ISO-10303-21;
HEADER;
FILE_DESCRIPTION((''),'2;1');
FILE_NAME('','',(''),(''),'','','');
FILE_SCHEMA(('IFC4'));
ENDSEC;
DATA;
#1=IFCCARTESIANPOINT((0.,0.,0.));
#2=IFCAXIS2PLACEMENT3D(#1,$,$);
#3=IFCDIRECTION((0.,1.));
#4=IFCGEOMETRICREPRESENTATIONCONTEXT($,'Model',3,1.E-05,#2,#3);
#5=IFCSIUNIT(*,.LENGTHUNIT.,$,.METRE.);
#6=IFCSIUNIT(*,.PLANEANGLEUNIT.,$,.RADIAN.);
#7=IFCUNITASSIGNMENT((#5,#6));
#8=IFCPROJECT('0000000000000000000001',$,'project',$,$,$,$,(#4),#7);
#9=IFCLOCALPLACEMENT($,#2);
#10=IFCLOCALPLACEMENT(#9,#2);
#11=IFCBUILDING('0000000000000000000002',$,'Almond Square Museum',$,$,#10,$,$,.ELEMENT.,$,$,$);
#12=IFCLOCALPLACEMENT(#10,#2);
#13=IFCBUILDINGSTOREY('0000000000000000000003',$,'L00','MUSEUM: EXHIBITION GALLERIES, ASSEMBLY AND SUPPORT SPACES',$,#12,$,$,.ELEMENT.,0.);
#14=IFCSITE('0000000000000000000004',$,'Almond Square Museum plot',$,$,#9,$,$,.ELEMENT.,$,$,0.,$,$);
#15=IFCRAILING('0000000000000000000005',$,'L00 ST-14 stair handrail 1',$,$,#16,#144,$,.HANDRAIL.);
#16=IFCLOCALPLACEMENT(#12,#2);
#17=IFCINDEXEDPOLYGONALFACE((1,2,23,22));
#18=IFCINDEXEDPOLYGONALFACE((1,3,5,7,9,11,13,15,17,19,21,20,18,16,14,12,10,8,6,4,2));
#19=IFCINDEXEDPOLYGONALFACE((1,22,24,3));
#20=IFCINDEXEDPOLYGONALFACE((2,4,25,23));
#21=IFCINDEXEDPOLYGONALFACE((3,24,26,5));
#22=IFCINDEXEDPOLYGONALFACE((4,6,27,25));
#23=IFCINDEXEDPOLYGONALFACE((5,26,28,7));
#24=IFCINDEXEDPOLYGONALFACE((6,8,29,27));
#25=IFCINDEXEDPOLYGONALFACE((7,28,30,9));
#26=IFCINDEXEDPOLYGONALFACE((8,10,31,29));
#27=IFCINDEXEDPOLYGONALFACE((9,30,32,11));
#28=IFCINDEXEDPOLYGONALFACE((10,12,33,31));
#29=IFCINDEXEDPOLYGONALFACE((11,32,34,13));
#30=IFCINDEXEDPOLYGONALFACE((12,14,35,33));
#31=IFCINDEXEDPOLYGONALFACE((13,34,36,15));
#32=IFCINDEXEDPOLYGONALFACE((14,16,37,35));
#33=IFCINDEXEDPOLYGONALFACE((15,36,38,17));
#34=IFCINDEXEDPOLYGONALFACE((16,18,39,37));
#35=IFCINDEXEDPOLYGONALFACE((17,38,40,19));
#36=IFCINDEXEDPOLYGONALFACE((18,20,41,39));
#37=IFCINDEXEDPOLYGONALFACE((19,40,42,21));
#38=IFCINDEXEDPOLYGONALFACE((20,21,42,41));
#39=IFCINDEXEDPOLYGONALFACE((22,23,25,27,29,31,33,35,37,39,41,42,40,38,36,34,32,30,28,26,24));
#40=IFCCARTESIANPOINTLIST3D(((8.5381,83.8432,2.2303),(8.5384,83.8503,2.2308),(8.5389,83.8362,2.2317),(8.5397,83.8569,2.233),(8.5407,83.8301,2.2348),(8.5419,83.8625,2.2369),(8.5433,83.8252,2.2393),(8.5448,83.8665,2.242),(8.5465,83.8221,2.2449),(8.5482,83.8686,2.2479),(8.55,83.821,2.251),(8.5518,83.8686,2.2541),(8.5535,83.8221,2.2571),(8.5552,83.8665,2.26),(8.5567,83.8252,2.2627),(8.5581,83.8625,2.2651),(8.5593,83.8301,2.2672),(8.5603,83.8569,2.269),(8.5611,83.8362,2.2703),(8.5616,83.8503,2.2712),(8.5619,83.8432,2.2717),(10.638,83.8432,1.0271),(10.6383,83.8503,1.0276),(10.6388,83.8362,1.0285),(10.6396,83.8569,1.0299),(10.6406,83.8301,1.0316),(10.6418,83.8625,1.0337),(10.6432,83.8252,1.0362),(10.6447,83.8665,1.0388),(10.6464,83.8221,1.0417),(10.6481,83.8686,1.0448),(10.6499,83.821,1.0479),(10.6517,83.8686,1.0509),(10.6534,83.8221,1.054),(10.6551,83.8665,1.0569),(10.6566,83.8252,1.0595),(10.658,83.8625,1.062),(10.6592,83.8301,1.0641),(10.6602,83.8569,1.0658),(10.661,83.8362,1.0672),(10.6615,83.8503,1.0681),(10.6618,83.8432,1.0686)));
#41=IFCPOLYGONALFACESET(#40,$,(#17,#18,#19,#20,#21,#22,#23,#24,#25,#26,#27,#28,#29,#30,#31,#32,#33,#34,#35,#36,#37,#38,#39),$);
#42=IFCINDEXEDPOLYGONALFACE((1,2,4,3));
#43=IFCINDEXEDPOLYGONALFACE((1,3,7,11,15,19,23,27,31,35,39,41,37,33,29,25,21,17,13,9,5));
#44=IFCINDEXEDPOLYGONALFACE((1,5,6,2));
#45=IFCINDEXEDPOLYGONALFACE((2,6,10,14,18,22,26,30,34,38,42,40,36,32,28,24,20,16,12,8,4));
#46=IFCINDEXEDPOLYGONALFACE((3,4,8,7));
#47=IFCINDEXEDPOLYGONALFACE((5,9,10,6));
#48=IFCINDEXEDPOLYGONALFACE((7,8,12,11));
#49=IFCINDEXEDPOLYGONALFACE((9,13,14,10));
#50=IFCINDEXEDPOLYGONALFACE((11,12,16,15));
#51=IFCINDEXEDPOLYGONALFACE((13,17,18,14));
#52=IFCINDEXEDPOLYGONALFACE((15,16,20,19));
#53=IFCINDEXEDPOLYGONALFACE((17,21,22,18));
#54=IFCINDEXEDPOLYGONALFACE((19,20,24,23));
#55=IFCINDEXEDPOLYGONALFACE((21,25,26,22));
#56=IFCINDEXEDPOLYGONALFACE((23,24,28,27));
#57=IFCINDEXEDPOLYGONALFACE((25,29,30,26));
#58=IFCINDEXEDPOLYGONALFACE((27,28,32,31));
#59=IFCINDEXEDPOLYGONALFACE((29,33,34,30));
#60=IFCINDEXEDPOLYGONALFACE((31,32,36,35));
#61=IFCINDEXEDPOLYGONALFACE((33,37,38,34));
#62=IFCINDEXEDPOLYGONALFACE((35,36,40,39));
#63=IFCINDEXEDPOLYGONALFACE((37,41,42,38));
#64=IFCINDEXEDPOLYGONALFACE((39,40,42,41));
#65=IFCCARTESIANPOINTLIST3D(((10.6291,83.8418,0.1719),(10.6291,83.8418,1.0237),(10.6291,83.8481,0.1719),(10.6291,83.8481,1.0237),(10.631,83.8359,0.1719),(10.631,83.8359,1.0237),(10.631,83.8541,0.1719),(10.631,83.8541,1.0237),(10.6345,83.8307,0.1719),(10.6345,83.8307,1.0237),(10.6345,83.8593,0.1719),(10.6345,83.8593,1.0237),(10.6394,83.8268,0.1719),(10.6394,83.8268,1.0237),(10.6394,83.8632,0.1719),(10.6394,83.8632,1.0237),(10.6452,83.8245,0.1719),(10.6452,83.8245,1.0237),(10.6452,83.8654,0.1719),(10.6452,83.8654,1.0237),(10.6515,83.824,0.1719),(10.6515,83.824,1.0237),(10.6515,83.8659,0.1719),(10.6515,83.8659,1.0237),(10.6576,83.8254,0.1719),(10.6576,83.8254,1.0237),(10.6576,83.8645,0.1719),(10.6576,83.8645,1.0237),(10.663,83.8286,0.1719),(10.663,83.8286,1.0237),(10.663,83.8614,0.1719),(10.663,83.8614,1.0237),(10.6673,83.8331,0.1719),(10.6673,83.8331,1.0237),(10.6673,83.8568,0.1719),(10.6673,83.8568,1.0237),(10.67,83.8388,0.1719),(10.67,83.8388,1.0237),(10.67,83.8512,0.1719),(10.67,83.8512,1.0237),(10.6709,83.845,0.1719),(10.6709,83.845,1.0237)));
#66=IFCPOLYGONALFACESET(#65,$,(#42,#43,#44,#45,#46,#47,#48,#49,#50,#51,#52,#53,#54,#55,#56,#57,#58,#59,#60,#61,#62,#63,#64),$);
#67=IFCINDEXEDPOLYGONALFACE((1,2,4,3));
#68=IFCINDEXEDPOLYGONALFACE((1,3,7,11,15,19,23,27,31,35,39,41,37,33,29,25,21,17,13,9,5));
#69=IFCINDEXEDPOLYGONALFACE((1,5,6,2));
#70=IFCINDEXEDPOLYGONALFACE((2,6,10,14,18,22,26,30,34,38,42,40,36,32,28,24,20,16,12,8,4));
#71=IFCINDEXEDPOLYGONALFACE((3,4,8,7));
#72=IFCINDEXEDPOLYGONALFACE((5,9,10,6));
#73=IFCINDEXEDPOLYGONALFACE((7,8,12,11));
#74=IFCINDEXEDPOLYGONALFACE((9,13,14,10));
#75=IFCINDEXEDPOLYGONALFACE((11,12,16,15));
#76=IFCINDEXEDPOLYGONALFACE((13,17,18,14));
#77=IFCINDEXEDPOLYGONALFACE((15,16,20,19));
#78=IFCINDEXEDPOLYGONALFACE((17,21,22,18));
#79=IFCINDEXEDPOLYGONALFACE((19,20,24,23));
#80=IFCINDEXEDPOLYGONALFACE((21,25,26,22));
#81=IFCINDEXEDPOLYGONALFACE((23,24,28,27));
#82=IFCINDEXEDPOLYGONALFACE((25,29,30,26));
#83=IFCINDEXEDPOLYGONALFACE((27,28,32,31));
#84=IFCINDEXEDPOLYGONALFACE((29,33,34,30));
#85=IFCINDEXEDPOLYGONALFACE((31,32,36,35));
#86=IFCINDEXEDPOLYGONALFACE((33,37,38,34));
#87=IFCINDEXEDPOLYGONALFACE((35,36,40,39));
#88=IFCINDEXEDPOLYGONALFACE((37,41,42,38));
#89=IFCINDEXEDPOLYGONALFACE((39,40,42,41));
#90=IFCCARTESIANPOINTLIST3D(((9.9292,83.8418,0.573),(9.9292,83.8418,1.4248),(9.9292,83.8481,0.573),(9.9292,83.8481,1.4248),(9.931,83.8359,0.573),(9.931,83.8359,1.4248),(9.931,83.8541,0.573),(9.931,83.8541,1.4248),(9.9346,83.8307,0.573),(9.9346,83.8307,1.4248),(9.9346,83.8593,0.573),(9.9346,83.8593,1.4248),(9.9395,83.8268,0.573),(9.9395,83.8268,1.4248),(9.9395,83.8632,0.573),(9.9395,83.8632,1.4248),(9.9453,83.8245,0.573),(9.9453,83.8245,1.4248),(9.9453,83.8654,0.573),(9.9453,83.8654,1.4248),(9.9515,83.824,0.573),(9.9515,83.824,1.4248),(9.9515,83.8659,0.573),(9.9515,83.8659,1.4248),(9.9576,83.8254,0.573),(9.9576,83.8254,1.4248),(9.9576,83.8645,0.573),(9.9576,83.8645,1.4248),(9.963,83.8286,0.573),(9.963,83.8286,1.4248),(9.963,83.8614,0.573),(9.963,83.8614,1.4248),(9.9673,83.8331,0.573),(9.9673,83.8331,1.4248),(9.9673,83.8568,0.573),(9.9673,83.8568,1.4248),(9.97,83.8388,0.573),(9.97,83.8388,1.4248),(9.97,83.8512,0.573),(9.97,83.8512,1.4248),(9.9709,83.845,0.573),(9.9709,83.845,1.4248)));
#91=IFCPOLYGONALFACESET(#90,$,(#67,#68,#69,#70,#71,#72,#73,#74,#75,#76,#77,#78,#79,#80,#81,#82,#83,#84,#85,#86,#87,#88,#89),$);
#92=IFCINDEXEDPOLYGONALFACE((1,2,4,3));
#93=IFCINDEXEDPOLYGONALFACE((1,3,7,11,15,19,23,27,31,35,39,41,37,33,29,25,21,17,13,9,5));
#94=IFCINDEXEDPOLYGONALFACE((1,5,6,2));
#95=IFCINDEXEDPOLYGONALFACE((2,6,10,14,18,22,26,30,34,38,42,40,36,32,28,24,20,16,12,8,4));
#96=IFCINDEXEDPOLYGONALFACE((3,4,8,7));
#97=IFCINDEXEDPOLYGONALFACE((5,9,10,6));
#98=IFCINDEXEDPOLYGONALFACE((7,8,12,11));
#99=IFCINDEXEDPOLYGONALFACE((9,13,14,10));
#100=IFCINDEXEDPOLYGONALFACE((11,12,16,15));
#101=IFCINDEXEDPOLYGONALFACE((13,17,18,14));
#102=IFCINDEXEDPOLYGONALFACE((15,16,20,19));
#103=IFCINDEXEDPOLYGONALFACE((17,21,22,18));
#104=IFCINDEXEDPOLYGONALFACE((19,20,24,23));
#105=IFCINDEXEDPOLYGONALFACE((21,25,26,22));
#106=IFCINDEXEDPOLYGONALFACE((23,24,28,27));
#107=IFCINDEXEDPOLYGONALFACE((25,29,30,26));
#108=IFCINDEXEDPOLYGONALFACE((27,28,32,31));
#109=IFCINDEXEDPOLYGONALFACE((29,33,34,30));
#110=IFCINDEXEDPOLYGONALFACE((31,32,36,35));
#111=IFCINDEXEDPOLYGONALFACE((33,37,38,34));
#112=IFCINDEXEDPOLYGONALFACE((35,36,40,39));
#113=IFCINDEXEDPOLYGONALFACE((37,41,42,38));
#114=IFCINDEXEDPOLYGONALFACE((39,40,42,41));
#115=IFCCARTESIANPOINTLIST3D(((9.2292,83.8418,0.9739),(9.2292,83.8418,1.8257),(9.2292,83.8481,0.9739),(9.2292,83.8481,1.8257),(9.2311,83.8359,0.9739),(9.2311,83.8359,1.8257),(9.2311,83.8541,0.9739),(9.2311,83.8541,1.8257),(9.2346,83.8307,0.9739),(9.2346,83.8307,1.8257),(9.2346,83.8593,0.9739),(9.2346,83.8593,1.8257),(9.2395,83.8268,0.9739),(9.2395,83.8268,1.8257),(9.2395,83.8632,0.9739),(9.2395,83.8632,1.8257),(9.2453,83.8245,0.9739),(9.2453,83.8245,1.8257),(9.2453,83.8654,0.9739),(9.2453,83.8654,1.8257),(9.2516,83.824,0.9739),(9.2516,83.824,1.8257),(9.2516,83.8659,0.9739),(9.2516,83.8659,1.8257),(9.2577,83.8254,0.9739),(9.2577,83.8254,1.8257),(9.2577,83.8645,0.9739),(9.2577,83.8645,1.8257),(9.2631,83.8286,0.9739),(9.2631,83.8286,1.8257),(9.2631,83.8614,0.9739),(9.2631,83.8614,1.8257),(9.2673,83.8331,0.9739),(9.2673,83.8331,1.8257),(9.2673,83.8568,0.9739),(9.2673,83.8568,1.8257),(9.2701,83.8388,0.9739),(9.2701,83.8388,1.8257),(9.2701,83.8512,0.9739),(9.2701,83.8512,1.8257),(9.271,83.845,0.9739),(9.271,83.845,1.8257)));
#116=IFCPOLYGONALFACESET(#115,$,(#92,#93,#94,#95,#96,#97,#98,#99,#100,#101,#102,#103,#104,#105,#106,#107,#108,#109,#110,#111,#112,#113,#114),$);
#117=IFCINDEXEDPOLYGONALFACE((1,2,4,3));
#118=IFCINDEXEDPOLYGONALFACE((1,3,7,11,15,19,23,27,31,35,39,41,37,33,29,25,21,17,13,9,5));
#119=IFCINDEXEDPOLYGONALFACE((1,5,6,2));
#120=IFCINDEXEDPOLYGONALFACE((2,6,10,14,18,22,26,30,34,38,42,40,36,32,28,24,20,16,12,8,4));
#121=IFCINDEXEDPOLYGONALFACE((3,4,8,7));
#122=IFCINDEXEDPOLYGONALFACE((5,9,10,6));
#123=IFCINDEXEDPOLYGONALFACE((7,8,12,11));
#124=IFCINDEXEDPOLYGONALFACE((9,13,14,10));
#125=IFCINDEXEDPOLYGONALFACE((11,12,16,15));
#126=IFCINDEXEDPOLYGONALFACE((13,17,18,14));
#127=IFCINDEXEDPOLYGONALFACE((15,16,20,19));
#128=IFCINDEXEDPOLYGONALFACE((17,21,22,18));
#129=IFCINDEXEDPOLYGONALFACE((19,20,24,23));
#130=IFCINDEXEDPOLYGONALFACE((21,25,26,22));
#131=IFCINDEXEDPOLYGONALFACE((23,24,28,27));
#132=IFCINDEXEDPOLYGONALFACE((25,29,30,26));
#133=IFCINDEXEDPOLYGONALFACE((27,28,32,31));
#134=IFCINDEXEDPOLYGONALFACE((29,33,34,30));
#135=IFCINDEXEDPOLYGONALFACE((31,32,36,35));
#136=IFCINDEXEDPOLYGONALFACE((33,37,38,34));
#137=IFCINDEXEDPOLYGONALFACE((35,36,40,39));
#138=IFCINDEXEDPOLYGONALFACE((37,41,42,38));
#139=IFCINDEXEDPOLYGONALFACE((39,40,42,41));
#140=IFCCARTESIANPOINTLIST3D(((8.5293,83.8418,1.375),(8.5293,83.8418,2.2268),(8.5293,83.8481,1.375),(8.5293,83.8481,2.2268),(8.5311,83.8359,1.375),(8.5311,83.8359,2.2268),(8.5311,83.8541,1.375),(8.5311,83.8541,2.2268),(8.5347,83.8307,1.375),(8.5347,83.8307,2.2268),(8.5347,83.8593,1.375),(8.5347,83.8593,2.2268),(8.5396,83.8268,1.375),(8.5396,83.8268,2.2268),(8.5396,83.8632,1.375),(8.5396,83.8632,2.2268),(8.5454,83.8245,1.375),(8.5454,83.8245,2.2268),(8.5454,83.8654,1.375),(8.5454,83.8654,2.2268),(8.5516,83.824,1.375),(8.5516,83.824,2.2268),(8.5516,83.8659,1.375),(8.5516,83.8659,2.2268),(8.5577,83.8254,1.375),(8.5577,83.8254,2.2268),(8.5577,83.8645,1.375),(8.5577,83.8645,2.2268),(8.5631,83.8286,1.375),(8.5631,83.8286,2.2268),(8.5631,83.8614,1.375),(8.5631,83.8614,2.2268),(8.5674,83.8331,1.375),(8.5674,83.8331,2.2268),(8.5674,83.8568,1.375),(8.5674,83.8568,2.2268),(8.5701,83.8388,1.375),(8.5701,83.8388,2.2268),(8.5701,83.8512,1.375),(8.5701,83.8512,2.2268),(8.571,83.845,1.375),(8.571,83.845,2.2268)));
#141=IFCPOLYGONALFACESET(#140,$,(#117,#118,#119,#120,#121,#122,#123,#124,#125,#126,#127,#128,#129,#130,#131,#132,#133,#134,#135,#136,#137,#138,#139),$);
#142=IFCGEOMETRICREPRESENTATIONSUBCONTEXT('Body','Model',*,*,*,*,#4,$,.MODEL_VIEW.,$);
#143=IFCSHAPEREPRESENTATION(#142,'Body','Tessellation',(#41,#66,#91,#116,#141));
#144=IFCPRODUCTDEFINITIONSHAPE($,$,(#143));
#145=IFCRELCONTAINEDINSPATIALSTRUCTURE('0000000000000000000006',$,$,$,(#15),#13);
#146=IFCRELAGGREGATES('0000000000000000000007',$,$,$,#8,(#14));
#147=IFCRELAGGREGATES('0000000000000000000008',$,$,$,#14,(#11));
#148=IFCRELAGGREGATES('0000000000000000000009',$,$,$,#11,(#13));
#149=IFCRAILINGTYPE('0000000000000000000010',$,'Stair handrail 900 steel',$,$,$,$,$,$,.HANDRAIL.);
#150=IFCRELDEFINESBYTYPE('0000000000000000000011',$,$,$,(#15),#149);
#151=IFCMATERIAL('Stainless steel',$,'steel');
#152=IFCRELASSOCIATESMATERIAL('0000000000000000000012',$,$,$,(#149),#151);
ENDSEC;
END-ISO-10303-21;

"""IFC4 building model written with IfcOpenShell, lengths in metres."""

from ifc_helpers import new_model, si_unit, direction, frame, origin, origin_2d, place, context, subcontext, project, spatial, circle, extrude, material, type_object, element, save


model = new_model("IFC4")

# Units and contexts
model_context = context("Model", 3, precision=1e-05, world=origin(), true_north=direction((0.0, 1.0)))
body_context = subcontext(model_context, "Body", "Model", "MODEL_VIEW")
ifc_project = project(units=[si_unit("LENGTHUNIT", "METRE"), si_unit("PLANEANGLEUNIT", "RADIAN")], contexts=[model_context])

# Site, building, storey
site_placement = place(None, origin())
site = spatial("IfcSite", under=ifc_project, at=site_placement, Name="Almond Square Museum plot", CompositionType="ELEMENT", RefElevation=0.0)
building_placement = place(site_placement, origin())
building = spatial("IfcBuilding", under=site, at=building_placement, Name="Almond Square Museum", CompositionType="ELEMENT")
storey_placement = place(building_placement, origin())
storey = spatial("IfcBuildingStorey", under=building, at=storey_placement, Name="L00", Description="MUSEUM: EXHIBITION GALLERIES, ASSEMBLY AND SUPPORT SPACES", CompositionType="ELEMENT", Elevation=0.0)

# Railing
ifc_material_1 = material(Name="Stainless steel", Category="steel")
railing_type_1 = type_object("IfcRailingType", Name="Stair handrail 900 steel", PredefinedType="HANDRAIL", material=ifc_material_1)
for number, where, name in (
    (1, (10.6499, 83.845, 0.1719), "L00 ST-14 stair handrail 1"),
):
    element("IfcRailing", number, at=place(storey_placement, frame(where)), inside=storey, type_object=railing_type_1, Name=name, PredefinedType="HANDRAIL", context=body_context, shape_type="SweptSolid", body=[
        extrude(circle(Radius=0.0239, at=origin_2d()), frame((0.0, 0.0, 0.876), z_axis=(-0.867671, 0.0, 0.497138), x_axis=(0.0, -1.0, 0.0)), (0.0, 0.0, 1.0), 2.4202),
        extrude(circle(Radius=0.021, at=origin_2d()), origin(), (0.0, 0.0, 1.0), 0.8518),
        extrude(circle(Radius=0.021, at=origin_2d()), frame((-0.7, 0.0, 0.4011)), (0.0, 0.0, 1.0), 0.8518),
        extrude(circle(Radius=0.021, at=origin_2d()), frame((-1.3999, 0.0, 0.802)), (0.0, 0.0, 1.0), 0.8518),
        extrude(circle(Radius=0.021, at=origin_2d()), frame((-2.0999, 0.0, 1.2031)), (0.0, 0.0, 1.0), 0.8518),
    ])

save(model, "model.ifc")
